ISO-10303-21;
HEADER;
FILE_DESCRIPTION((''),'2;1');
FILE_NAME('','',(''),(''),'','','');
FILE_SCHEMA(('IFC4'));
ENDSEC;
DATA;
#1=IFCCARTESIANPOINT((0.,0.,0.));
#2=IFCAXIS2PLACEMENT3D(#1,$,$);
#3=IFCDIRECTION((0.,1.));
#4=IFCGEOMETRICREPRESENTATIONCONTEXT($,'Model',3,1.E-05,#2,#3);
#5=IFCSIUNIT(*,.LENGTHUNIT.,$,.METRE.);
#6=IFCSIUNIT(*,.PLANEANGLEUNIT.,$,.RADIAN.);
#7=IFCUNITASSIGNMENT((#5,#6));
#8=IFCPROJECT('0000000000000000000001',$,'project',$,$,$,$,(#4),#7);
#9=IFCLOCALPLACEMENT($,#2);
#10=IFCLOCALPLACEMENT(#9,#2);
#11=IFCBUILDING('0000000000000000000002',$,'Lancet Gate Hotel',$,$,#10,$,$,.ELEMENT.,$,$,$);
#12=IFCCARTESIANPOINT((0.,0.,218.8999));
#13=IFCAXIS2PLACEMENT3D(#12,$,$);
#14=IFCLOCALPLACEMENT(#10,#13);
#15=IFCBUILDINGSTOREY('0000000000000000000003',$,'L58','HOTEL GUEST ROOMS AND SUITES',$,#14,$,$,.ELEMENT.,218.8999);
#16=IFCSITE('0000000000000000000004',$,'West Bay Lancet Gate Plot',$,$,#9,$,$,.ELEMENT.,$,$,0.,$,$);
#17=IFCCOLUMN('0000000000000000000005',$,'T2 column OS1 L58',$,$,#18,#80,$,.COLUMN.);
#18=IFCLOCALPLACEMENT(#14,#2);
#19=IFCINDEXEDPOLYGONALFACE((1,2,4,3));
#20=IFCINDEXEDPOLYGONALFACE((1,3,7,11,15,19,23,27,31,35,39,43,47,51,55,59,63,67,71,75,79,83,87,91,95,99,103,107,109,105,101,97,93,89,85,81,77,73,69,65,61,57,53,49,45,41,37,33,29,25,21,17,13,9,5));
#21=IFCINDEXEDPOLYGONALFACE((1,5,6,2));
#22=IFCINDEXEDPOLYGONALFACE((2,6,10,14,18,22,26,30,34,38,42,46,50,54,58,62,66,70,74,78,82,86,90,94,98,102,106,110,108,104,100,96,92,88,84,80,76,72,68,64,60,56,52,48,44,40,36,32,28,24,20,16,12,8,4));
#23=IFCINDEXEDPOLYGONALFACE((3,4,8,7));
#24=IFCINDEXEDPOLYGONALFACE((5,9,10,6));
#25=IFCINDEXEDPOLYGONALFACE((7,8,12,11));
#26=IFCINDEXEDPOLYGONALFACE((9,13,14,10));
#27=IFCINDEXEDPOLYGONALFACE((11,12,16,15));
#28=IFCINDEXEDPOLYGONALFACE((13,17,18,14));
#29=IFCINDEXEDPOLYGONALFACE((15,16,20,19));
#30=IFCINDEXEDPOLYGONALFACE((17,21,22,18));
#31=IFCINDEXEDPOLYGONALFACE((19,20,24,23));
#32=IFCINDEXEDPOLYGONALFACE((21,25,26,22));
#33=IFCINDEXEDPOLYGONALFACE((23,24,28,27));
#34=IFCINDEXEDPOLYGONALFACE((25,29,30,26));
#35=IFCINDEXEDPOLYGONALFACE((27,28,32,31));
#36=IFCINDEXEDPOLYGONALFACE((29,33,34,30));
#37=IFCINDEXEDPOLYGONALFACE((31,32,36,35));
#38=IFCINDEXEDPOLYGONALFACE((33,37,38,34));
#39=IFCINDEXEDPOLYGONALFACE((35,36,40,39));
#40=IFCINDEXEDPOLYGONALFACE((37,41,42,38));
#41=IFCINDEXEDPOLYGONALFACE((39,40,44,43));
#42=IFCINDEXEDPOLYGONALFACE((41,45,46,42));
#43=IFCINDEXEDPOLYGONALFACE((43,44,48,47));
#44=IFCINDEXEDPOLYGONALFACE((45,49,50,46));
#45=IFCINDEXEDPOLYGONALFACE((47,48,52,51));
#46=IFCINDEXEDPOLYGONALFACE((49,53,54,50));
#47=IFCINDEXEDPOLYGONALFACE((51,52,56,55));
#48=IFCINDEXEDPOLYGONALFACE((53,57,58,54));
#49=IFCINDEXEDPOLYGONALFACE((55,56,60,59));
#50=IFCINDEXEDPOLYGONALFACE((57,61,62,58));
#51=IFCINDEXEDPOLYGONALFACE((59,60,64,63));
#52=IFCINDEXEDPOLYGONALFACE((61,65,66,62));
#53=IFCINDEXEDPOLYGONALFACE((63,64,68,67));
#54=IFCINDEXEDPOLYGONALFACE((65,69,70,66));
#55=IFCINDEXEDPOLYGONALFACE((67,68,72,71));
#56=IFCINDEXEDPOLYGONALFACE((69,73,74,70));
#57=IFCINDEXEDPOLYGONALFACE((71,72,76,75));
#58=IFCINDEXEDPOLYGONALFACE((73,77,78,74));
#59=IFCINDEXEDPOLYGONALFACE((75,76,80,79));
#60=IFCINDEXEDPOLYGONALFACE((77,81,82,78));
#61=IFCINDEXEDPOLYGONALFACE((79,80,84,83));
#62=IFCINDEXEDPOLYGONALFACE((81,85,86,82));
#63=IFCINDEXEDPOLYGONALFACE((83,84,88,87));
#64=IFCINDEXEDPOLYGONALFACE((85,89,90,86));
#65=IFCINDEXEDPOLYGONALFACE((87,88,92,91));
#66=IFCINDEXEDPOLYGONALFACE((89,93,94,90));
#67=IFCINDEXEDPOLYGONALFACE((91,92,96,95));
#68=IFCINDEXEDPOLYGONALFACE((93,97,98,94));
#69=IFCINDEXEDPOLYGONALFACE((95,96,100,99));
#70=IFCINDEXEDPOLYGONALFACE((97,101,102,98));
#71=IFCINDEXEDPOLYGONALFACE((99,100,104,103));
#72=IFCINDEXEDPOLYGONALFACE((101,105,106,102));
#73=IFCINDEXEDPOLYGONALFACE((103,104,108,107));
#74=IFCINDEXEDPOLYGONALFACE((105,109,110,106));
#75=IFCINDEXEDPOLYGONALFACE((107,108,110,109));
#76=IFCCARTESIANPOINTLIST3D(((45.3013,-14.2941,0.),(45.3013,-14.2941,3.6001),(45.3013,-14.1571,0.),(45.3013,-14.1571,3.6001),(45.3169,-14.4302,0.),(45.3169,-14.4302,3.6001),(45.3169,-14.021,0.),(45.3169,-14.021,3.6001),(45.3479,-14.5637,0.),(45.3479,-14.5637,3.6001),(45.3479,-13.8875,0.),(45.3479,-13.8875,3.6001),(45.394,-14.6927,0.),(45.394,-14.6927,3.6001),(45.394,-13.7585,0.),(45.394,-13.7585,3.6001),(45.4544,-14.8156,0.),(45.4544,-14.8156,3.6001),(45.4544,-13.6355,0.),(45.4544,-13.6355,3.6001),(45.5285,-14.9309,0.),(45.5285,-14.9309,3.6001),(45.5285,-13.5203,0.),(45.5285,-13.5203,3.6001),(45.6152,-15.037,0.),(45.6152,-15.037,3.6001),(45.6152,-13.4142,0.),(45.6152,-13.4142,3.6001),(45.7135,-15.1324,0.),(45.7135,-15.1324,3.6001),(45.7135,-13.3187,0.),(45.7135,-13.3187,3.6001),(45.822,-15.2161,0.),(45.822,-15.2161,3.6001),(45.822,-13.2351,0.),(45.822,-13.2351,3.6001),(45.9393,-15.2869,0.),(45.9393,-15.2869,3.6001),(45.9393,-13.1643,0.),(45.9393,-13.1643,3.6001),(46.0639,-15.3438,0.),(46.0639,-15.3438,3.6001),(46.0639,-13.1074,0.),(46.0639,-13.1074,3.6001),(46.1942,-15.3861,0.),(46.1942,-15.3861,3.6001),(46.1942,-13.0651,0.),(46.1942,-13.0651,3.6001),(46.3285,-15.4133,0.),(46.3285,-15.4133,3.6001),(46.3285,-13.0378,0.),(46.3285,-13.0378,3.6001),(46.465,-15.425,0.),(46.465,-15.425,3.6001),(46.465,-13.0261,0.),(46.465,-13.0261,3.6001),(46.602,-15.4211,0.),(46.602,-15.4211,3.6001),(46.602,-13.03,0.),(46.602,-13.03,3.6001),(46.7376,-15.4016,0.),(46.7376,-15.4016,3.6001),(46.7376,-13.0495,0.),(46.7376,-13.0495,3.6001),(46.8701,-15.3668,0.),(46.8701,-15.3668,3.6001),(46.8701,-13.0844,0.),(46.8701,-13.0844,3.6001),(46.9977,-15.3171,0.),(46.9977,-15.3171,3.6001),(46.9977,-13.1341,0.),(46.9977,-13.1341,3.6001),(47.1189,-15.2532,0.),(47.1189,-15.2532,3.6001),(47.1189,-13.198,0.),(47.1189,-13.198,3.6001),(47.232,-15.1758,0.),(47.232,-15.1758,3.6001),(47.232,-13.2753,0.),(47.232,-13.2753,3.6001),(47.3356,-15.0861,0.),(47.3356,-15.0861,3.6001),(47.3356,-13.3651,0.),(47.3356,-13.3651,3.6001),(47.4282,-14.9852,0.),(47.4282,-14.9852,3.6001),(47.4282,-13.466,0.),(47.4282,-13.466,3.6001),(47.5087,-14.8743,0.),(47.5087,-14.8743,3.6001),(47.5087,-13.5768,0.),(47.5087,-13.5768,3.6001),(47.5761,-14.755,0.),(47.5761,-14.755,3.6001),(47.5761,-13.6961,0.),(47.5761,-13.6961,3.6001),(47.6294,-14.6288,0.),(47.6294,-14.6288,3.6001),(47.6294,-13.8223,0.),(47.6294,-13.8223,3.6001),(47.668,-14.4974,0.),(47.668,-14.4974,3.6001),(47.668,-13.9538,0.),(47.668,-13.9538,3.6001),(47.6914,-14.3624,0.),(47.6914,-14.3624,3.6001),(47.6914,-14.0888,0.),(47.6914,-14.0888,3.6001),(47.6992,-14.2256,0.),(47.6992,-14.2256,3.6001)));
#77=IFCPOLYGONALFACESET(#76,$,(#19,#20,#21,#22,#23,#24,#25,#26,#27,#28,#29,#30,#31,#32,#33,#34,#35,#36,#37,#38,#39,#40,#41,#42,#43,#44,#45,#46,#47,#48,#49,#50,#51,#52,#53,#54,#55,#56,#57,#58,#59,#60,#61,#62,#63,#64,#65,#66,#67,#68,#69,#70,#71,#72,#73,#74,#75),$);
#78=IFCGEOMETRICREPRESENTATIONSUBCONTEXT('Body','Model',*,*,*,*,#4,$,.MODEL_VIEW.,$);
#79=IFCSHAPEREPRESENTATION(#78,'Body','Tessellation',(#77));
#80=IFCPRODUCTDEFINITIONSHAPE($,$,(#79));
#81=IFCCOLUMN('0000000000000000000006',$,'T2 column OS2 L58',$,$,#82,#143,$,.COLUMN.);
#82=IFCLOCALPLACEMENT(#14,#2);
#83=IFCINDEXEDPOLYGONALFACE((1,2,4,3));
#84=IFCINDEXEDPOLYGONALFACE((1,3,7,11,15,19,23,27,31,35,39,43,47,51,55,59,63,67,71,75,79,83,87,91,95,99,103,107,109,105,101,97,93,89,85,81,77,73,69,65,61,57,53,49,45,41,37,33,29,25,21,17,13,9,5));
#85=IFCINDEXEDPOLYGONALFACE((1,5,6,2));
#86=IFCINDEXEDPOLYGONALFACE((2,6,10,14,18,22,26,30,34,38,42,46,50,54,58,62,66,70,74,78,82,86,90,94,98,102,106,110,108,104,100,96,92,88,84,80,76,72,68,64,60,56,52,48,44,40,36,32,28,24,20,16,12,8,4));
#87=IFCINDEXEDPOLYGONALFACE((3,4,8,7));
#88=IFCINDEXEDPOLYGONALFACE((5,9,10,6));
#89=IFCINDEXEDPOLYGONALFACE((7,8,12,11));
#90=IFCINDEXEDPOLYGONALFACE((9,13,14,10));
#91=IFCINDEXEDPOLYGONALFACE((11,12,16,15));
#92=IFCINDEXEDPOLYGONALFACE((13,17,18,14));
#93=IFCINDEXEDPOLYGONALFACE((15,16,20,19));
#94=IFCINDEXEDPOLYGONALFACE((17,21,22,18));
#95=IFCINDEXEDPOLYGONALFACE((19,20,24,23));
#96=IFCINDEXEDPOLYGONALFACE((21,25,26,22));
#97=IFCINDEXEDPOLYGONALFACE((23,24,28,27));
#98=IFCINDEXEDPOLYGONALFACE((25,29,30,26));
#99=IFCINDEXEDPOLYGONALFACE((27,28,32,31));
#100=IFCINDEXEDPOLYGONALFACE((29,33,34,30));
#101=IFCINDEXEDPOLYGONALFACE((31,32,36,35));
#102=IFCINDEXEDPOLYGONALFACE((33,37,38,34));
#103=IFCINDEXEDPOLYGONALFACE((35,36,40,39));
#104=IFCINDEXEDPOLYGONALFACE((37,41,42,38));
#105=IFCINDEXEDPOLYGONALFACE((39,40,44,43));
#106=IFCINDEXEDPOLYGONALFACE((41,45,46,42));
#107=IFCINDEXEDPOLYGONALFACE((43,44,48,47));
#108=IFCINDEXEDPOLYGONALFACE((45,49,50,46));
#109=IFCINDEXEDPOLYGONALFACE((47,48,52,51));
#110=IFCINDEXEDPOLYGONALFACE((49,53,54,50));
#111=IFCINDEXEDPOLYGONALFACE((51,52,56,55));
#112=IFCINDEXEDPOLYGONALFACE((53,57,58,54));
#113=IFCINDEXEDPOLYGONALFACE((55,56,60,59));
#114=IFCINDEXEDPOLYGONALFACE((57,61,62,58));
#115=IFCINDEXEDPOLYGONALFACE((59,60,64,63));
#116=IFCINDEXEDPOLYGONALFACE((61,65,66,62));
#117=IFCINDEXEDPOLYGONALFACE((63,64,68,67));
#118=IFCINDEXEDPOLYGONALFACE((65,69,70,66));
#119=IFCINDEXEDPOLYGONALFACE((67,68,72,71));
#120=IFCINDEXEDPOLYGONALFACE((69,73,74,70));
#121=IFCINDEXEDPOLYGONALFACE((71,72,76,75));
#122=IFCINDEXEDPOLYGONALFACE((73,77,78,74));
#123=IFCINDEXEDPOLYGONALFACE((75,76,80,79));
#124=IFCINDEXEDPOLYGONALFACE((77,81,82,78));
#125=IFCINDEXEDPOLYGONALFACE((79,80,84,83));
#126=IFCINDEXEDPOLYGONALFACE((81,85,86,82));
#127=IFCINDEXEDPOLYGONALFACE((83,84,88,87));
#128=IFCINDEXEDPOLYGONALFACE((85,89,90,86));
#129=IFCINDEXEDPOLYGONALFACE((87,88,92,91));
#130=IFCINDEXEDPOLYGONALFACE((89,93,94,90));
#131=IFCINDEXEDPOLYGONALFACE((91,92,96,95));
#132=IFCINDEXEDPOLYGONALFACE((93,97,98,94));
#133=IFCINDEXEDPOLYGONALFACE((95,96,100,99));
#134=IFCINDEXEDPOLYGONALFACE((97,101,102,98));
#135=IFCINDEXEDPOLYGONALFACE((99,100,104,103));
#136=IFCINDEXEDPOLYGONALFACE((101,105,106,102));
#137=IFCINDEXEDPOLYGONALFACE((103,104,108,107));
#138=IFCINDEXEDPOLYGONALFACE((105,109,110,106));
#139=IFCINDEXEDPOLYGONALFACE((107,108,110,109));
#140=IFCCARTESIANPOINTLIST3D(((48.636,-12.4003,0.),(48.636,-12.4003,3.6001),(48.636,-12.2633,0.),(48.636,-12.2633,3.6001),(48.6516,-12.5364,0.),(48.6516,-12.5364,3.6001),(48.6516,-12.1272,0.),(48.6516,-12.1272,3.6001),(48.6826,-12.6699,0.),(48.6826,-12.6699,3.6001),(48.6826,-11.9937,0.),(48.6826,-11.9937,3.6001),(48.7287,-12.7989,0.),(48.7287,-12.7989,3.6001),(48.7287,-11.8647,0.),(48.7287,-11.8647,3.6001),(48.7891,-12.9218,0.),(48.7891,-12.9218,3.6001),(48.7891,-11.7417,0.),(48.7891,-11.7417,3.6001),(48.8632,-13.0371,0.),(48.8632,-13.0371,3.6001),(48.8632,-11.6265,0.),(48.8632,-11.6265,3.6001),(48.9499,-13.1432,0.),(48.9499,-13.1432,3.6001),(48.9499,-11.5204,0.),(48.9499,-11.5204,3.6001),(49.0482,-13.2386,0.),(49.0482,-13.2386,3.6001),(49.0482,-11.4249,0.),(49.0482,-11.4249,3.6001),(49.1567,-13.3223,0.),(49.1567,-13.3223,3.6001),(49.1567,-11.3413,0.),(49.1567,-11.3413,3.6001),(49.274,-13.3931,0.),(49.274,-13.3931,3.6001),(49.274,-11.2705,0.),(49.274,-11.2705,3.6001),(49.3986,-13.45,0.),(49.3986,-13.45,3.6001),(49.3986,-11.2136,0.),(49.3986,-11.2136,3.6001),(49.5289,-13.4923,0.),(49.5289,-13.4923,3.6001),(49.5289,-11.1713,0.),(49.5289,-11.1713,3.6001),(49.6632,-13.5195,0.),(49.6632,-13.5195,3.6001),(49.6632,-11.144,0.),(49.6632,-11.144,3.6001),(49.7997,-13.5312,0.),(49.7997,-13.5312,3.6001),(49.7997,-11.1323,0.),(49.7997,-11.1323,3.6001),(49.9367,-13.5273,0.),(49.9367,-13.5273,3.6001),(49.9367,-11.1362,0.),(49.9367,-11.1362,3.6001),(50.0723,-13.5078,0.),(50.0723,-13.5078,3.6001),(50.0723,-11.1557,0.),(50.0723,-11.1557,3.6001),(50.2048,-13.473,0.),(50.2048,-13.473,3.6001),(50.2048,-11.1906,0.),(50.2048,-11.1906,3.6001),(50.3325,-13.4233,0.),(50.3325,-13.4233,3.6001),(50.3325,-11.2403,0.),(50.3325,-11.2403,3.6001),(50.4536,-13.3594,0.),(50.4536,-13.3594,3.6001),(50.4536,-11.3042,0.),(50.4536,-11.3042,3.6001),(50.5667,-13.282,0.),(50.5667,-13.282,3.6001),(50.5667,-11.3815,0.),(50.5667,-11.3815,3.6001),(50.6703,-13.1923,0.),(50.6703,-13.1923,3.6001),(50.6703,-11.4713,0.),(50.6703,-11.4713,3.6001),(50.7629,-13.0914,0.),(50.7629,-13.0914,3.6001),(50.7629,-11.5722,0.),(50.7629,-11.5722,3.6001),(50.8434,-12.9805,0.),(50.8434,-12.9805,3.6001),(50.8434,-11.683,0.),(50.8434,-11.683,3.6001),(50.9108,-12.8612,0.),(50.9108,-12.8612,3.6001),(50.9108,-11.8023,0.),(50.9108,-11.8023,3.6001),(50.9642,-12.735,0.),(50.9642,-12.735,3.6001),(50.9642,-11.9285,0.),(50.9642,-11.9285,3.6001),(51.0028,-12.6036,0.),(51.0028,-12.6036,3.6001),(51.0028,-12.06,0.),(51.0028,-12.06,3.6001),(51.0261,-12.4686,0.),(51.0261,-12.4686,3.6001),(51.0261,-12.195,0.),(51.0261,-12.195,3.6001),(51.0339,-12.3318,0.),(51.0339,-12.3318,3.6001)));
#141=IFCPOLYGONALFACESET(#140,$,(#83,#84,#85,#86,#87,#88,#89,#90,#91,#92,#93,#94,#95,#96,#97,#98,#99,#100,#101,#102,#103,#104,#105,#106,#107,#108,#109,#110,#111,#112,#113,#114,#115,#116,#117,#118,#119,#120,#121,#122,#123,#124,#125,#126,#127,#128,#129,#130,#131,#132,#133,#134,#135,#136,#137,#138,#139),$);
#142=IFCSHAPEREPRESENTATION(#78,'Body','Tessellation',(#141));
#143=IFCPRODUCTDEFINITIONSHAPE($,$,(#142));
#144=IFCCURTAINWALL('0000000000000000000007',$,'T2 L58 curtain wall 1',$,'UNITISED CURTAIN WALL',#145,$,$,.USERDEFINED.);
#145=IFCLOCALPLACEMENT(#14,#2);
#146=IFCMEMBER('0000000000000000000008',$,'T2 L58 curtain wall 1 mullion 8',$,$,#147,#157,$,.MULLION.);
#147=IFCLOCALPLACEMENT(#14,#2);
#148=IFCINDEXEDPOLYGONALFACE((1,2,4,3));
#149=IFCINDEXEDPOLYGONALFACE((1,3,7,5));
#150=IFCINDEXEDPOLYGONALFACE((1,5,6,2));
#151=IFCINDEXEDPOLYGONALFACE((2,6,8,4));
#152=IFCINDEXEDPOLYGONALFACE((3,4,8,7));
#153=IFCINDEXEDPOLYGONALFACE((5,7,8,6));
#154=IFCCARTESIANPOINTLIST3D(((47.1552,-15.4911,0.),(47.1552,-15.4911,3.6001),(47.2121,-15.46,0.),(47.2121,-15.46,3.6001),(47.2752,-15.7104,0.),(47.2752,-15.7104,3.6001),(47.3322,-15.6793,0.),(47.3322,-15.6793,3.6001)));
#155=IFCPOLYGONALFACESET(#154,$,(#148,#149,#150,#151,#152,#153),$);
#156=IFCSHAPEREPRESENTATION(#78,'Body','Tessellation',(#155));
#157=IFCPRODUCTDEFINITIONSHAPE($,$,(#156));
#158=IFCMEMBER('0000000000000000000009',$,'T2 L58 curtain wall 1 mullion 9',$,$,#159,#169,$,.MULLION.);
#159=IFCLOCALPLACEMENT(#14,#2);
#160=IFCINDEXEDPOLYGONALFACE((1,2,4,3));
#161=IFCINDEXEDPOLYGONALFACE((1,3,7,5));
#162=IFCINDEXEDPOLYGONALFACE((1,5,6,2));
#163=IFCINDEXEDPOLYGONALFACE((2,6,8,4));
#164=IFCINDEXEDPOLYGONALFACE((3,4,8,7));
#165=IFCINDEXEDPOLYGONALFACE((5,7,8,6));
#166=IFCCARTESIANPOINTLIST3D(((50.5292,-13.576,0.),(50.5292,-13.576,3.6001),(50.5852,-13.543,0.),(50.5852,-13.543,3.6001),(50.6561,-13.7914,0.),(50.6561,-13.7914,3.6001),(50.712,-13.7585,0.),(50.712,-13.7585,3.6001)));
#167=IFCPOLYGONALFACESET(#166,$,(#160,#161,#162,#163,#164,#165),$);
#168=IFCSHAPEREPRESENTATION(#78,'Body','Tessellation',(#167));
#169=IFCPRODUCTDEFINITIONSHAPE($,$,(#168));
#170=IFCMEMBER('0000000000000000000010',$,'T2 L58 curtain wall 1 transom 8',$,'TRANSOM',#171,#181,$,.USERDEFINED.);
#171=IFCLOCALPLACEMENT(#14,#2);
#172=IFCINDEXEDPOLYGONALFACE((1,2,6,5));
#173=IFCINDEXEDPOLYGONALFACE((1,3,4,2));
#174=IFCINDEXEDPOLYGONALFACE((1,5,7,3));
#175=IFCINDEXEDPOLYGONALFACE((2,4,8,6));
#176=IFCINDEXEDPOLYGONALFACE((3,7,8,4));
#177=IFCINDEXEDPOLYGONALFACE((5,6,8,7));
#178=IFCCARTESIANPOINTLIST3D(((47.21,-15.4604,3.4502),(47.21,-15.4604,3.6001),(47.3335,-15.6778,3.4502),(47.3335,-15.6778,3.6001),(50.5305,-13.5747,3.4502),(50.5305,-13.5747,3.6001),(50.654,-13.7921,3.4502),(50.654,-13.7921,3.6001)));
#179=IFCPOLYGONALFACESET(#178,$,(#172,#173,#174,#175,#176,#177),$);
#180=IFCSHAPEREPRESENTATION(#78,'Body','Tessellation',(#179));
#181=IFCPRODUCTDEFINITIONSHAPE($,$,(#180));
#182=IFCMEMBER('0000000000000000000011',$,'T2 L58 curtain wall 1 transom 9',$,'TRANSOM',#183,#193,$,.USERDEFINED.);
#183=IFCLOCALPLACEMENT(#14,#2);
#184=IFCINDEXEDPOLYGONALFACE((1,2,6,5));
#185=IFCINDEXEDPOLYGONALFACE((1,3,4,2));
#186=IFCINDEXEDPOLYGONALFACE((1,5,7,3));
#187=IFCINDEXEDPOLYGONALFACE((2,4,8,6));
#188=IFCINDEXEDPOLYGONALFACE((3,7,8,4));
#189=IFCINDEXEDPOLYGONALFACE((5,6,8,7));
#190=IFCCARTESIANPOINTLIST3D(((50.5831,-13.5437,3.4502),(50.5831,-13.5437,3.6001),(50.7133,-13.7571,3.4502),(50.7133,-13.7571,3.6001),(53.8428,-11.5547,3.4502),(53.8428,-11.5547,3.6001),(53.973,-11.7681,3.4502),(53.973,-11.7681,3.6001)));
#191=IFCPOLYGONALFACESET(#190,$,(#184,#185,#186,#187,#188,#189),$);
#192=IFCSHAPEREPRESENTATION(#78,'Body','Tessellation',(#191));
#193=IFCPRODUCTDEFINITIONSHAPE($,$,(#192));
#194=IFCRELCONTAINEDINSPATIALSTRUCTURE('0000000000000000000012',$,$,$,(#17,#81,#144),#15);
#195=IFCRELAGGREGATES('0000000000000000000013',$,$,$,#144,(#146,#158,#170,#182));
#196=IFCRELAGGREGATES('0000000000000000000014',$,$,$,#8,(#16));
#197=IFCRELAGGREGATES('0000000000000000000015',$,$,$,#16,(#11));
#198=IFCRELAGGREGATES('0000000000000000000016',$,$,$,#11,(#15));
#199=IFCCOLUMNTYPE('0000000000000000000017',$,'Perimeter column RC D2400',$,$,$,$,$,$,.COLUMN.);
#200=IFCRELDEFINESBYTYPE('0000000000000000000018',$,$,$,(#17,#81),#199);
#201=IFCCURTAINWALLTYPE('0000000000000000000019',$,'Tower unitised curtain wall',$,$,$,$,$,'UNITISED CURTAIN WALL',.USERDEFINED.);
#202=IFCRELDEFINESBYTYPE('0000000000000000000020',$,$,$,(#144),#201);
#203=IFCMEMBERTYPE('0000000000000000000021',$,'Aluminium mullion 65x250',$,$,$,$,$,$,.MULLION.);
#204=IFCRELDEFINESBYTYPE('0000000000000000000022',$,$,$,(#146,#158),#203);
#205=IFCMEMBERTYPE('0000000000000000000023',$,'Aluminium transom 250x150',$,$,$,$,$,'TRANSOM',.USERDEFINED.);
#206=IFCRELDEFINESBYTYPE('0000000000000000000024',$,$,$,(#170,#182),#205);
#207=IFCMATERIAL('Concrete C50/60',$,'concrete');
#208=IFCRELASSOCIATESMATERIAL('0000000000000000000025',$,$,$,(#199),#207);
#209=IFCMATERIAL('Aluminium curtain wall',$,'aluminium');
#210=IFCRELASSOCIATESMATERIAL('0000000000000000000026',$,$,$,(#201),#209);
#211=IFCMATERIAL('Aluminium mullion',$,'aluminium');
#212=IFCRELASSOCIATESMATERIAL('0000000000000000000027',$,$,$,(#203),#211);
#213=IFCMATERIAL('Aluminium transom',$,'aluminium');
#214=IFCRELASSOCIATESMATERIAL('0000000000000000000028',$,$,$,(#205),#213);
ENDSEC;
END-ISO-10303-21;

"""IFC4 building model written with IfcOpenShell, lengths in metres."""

from ifc_helpers import new_model, si_unit, direction, frame, origin, origin_2d, place, context, subcontext, project, spatial, rectangle, circle, extrude, material, material_profile, profile_set, type_object, element, aggregate, save


model = new_model("IFC4")

# Units and contexts
model_context = context("Model", 3, precision=1e-05, world=origin(), true_north=direction((0.0, 1.0)))
body_context = subcontext(model_context, "Body", "Model", "MODEL_VIEW")
ifc_project = project(units=[si_unit("LENGTHUNIT", "METRE"), si_unit("PLANEANGLEUNIT", "RADIAN")], contexts=[model_context])

# Site, building, storey
site_placement = place(None, origin())
site = spatial("IfcSite", under=ifc_project, at=site_placement, Name="West Bay Lancet Gate Plot", CompositionType="ELEMENT", RefElevation=0.0)
building_placement = place(site_placement, origin())
building = spatial("IfcBuilding", under=site, at=building_placement, Name="Lancet Gate Hotel", CompositionType="ELEMENT")
storey_placement = place(building_placement, frame((0.0, 0.0, 218.8999)))
storey = spatial("IfcBuildingStorey", under=building, at=storey_placement, Name="L58", Description="HOTEL GUEST ROOMS AND SUITES", CompositionType="ELEMENT", Elevation=218.8999)

# Columns
ifc_material_1 = material(Name="Concrete C50/60", Category="concrete")
ifc_material_profile_1 = material_profile(ifc_material_1, circle(Radius=1.2, at=origin_2d()), Name="RC D2400")
ifc_profile_set_1 = profile_set([ifc_material_profile_1], Name="Concrete C50/60")
column_type = type_object("IfcColumnType", Name="Perimeter column RC D2400", PredefinedType="COLUMN", material=ifc_profile_set_1)
for number, where, z_axis, x_axis, name in (
    (1, (46.4993, -14.2256, 0.0), (0.0, 0.0, 1.0), (1.0, 0.0, 0.0), "T2 column OS1 L58"),
    (2, (49.834, -12.3318, 0.0), (0.0, 0.0, 1.0), (1.0, 0.0, 0.0), "T2 column OS2 L58"),
):
    element("IfcColumn", number, at=place(storey_placement, frame(where, z_axis=z_axis, x_axis=x_axis)), inside=storey, type_object=column_type, Name=name, PredefinedType="COLUMN", context=body_context, shape_type="SweptSolid", body=[
        extrude(circle(Radius=1.2, at=origin_2d()), origin(), (0.0, 0.0, 1.0), 3.6001),
    ])

# Curtain wall, members
ifc_material_2 = material(Name="Aluminium curtain wall", Category="aluminium")
curtain_wall_type = type_object("IfcCurtainWallType", Name="Tower unitised curtain wall", ElementType="UNITISED CURTAIN WALL", PredefinedType="USERDEFINED", material=ifc_material_2)
curtain_wall_placement = place(storey_placement, origin())
curtain_wall = element("IfcCurtainWall", 3, at=curtain_wall_placement, inside=storey, type_object=curtain_wall_type, Name="T2 L58 curtain wall 1", ObjectType="UNITISED CURTAIN WALL", PredefinedType="USERDEFINED")
ifc_material_3 = material(Name="Aluminium mullion", Category="aluminium")
ifc_material_profile_2 = material_profile(ifc_material_3, rectangle(XDim=0.0649, YDim=0.25, at=origin_2d()), Name="MULLION 65x250")
ifc_profile_set_2 = profile_set([ifc_material_profile_2], Name="Aluminium mullion")
member_type_1 = type_object("IfcMemberType", Name="Aluminium mullion 65x250", PredefinedType="MULLION", material=ifc_profile_set_2)
member_1_placement = place(storey_placement, frame((47.2437, -15.5852, 0.0), z_axis=(0.0, 0.0, 1.0), x_axis=(0.877195, 0.480135, 0.0)))
member_1 = element("IfcMember", 4, at=member_1_placement, type_object=member_type_1, Name="T2 L58 curtain wall 1 mullion 8", PredefinedType="MULLION", context=body_context, shape_type="SweptSolid", body=[
    extrude(rectangle(XDim=0.0649, YDim=0.25, at=origin_2d()), origin(), (0.0, 0.0, 1.0), 3.6001),
])
member_2_placement = place(storey_placement, frame((50.6206, -13.6672, 0.0), z_axis=(0.0, 0.0, 1.0), x_axis=(0.861692, 0.507432, 0.0)))
member_2 = element("IfcMember", 5, at=member_2_placement, type_object=member_type_1, Name="T2 L58 curtain wall 1 mullion 9", PredefinedType="MULLION", context=body_context, shape_type="SweptSolid", body=[
    extrude(rectangle(XDim=0.0649, YDim=0.25, at=origin_2d()), origin(), (0.0, 0.0, 1.0), 3.6001),
])
ifc_material_4 = material(Name="Aluminium transom", Category="aluminium")
ifc_material_profile_3 = material_profile(ifc_material_4, rectangle(XDim=0.25, YDim=0.1499, at=origin_2d()), Name="TRANSOM 250x150")
ifc_profile_set_3 = profile_set([ifc_material_profile_3], Name="Aluminium transom")
member_type_2 = type_object("IfcMemberType", Name="Aluminium transom 250x150", ElementType="TRANSOM", PredefinedType="USERDEFINED", material=ifc_profile_set_3)
member_3_placement = place(storey_placement, frame((47.2717, -15.5691, 3.5251), z_axis=(0.869562, 0.493824, 0.0), x_axis=(-0.493824, 0.869562, 0.0)))
member_3 = element("IfcMember", 6, at=member_3_placement, type_object=member_type_2, Name="T2 L58 curtain wall 1 transom 8", ObjectType="TRANSOM", PredefinedType="USERDEFINED", context=body_context, shape_type="SweptSolid", body=[
    extrude(rectangle(XDim=0.25, YDim=0.1499, at=origin_2d()), origin(), (0.0, 0.0, 1.0), 3.8186),
])
member_4_placement = place(storey_placement, frame((50.6482, -13.6504, 3.5251), z_axis=(0.853639, 0.520865, 0.0), x_axis=(-0.520865, 0.853639, 0.0)))
member_4 = element("IfcMember", 7, at=member_4_placement, type_object=member_type_2, Name="T2 L58 curtain wall 1 transom 9", ObjectType="TRANSOM", PredefinedType="USERDEFINED", context=body_context, shape_type="SweptSolid", body=[
    extrude(rectangle(XDim=0.25, YDim=0.1499, at=origin_2d()), origin(), (0.0, 0.0, 1.0), 3.8186),
])

aggregate(curtain_wall, [member_1, member_2, member_3, member_4])

save(model, "model.ifc")
